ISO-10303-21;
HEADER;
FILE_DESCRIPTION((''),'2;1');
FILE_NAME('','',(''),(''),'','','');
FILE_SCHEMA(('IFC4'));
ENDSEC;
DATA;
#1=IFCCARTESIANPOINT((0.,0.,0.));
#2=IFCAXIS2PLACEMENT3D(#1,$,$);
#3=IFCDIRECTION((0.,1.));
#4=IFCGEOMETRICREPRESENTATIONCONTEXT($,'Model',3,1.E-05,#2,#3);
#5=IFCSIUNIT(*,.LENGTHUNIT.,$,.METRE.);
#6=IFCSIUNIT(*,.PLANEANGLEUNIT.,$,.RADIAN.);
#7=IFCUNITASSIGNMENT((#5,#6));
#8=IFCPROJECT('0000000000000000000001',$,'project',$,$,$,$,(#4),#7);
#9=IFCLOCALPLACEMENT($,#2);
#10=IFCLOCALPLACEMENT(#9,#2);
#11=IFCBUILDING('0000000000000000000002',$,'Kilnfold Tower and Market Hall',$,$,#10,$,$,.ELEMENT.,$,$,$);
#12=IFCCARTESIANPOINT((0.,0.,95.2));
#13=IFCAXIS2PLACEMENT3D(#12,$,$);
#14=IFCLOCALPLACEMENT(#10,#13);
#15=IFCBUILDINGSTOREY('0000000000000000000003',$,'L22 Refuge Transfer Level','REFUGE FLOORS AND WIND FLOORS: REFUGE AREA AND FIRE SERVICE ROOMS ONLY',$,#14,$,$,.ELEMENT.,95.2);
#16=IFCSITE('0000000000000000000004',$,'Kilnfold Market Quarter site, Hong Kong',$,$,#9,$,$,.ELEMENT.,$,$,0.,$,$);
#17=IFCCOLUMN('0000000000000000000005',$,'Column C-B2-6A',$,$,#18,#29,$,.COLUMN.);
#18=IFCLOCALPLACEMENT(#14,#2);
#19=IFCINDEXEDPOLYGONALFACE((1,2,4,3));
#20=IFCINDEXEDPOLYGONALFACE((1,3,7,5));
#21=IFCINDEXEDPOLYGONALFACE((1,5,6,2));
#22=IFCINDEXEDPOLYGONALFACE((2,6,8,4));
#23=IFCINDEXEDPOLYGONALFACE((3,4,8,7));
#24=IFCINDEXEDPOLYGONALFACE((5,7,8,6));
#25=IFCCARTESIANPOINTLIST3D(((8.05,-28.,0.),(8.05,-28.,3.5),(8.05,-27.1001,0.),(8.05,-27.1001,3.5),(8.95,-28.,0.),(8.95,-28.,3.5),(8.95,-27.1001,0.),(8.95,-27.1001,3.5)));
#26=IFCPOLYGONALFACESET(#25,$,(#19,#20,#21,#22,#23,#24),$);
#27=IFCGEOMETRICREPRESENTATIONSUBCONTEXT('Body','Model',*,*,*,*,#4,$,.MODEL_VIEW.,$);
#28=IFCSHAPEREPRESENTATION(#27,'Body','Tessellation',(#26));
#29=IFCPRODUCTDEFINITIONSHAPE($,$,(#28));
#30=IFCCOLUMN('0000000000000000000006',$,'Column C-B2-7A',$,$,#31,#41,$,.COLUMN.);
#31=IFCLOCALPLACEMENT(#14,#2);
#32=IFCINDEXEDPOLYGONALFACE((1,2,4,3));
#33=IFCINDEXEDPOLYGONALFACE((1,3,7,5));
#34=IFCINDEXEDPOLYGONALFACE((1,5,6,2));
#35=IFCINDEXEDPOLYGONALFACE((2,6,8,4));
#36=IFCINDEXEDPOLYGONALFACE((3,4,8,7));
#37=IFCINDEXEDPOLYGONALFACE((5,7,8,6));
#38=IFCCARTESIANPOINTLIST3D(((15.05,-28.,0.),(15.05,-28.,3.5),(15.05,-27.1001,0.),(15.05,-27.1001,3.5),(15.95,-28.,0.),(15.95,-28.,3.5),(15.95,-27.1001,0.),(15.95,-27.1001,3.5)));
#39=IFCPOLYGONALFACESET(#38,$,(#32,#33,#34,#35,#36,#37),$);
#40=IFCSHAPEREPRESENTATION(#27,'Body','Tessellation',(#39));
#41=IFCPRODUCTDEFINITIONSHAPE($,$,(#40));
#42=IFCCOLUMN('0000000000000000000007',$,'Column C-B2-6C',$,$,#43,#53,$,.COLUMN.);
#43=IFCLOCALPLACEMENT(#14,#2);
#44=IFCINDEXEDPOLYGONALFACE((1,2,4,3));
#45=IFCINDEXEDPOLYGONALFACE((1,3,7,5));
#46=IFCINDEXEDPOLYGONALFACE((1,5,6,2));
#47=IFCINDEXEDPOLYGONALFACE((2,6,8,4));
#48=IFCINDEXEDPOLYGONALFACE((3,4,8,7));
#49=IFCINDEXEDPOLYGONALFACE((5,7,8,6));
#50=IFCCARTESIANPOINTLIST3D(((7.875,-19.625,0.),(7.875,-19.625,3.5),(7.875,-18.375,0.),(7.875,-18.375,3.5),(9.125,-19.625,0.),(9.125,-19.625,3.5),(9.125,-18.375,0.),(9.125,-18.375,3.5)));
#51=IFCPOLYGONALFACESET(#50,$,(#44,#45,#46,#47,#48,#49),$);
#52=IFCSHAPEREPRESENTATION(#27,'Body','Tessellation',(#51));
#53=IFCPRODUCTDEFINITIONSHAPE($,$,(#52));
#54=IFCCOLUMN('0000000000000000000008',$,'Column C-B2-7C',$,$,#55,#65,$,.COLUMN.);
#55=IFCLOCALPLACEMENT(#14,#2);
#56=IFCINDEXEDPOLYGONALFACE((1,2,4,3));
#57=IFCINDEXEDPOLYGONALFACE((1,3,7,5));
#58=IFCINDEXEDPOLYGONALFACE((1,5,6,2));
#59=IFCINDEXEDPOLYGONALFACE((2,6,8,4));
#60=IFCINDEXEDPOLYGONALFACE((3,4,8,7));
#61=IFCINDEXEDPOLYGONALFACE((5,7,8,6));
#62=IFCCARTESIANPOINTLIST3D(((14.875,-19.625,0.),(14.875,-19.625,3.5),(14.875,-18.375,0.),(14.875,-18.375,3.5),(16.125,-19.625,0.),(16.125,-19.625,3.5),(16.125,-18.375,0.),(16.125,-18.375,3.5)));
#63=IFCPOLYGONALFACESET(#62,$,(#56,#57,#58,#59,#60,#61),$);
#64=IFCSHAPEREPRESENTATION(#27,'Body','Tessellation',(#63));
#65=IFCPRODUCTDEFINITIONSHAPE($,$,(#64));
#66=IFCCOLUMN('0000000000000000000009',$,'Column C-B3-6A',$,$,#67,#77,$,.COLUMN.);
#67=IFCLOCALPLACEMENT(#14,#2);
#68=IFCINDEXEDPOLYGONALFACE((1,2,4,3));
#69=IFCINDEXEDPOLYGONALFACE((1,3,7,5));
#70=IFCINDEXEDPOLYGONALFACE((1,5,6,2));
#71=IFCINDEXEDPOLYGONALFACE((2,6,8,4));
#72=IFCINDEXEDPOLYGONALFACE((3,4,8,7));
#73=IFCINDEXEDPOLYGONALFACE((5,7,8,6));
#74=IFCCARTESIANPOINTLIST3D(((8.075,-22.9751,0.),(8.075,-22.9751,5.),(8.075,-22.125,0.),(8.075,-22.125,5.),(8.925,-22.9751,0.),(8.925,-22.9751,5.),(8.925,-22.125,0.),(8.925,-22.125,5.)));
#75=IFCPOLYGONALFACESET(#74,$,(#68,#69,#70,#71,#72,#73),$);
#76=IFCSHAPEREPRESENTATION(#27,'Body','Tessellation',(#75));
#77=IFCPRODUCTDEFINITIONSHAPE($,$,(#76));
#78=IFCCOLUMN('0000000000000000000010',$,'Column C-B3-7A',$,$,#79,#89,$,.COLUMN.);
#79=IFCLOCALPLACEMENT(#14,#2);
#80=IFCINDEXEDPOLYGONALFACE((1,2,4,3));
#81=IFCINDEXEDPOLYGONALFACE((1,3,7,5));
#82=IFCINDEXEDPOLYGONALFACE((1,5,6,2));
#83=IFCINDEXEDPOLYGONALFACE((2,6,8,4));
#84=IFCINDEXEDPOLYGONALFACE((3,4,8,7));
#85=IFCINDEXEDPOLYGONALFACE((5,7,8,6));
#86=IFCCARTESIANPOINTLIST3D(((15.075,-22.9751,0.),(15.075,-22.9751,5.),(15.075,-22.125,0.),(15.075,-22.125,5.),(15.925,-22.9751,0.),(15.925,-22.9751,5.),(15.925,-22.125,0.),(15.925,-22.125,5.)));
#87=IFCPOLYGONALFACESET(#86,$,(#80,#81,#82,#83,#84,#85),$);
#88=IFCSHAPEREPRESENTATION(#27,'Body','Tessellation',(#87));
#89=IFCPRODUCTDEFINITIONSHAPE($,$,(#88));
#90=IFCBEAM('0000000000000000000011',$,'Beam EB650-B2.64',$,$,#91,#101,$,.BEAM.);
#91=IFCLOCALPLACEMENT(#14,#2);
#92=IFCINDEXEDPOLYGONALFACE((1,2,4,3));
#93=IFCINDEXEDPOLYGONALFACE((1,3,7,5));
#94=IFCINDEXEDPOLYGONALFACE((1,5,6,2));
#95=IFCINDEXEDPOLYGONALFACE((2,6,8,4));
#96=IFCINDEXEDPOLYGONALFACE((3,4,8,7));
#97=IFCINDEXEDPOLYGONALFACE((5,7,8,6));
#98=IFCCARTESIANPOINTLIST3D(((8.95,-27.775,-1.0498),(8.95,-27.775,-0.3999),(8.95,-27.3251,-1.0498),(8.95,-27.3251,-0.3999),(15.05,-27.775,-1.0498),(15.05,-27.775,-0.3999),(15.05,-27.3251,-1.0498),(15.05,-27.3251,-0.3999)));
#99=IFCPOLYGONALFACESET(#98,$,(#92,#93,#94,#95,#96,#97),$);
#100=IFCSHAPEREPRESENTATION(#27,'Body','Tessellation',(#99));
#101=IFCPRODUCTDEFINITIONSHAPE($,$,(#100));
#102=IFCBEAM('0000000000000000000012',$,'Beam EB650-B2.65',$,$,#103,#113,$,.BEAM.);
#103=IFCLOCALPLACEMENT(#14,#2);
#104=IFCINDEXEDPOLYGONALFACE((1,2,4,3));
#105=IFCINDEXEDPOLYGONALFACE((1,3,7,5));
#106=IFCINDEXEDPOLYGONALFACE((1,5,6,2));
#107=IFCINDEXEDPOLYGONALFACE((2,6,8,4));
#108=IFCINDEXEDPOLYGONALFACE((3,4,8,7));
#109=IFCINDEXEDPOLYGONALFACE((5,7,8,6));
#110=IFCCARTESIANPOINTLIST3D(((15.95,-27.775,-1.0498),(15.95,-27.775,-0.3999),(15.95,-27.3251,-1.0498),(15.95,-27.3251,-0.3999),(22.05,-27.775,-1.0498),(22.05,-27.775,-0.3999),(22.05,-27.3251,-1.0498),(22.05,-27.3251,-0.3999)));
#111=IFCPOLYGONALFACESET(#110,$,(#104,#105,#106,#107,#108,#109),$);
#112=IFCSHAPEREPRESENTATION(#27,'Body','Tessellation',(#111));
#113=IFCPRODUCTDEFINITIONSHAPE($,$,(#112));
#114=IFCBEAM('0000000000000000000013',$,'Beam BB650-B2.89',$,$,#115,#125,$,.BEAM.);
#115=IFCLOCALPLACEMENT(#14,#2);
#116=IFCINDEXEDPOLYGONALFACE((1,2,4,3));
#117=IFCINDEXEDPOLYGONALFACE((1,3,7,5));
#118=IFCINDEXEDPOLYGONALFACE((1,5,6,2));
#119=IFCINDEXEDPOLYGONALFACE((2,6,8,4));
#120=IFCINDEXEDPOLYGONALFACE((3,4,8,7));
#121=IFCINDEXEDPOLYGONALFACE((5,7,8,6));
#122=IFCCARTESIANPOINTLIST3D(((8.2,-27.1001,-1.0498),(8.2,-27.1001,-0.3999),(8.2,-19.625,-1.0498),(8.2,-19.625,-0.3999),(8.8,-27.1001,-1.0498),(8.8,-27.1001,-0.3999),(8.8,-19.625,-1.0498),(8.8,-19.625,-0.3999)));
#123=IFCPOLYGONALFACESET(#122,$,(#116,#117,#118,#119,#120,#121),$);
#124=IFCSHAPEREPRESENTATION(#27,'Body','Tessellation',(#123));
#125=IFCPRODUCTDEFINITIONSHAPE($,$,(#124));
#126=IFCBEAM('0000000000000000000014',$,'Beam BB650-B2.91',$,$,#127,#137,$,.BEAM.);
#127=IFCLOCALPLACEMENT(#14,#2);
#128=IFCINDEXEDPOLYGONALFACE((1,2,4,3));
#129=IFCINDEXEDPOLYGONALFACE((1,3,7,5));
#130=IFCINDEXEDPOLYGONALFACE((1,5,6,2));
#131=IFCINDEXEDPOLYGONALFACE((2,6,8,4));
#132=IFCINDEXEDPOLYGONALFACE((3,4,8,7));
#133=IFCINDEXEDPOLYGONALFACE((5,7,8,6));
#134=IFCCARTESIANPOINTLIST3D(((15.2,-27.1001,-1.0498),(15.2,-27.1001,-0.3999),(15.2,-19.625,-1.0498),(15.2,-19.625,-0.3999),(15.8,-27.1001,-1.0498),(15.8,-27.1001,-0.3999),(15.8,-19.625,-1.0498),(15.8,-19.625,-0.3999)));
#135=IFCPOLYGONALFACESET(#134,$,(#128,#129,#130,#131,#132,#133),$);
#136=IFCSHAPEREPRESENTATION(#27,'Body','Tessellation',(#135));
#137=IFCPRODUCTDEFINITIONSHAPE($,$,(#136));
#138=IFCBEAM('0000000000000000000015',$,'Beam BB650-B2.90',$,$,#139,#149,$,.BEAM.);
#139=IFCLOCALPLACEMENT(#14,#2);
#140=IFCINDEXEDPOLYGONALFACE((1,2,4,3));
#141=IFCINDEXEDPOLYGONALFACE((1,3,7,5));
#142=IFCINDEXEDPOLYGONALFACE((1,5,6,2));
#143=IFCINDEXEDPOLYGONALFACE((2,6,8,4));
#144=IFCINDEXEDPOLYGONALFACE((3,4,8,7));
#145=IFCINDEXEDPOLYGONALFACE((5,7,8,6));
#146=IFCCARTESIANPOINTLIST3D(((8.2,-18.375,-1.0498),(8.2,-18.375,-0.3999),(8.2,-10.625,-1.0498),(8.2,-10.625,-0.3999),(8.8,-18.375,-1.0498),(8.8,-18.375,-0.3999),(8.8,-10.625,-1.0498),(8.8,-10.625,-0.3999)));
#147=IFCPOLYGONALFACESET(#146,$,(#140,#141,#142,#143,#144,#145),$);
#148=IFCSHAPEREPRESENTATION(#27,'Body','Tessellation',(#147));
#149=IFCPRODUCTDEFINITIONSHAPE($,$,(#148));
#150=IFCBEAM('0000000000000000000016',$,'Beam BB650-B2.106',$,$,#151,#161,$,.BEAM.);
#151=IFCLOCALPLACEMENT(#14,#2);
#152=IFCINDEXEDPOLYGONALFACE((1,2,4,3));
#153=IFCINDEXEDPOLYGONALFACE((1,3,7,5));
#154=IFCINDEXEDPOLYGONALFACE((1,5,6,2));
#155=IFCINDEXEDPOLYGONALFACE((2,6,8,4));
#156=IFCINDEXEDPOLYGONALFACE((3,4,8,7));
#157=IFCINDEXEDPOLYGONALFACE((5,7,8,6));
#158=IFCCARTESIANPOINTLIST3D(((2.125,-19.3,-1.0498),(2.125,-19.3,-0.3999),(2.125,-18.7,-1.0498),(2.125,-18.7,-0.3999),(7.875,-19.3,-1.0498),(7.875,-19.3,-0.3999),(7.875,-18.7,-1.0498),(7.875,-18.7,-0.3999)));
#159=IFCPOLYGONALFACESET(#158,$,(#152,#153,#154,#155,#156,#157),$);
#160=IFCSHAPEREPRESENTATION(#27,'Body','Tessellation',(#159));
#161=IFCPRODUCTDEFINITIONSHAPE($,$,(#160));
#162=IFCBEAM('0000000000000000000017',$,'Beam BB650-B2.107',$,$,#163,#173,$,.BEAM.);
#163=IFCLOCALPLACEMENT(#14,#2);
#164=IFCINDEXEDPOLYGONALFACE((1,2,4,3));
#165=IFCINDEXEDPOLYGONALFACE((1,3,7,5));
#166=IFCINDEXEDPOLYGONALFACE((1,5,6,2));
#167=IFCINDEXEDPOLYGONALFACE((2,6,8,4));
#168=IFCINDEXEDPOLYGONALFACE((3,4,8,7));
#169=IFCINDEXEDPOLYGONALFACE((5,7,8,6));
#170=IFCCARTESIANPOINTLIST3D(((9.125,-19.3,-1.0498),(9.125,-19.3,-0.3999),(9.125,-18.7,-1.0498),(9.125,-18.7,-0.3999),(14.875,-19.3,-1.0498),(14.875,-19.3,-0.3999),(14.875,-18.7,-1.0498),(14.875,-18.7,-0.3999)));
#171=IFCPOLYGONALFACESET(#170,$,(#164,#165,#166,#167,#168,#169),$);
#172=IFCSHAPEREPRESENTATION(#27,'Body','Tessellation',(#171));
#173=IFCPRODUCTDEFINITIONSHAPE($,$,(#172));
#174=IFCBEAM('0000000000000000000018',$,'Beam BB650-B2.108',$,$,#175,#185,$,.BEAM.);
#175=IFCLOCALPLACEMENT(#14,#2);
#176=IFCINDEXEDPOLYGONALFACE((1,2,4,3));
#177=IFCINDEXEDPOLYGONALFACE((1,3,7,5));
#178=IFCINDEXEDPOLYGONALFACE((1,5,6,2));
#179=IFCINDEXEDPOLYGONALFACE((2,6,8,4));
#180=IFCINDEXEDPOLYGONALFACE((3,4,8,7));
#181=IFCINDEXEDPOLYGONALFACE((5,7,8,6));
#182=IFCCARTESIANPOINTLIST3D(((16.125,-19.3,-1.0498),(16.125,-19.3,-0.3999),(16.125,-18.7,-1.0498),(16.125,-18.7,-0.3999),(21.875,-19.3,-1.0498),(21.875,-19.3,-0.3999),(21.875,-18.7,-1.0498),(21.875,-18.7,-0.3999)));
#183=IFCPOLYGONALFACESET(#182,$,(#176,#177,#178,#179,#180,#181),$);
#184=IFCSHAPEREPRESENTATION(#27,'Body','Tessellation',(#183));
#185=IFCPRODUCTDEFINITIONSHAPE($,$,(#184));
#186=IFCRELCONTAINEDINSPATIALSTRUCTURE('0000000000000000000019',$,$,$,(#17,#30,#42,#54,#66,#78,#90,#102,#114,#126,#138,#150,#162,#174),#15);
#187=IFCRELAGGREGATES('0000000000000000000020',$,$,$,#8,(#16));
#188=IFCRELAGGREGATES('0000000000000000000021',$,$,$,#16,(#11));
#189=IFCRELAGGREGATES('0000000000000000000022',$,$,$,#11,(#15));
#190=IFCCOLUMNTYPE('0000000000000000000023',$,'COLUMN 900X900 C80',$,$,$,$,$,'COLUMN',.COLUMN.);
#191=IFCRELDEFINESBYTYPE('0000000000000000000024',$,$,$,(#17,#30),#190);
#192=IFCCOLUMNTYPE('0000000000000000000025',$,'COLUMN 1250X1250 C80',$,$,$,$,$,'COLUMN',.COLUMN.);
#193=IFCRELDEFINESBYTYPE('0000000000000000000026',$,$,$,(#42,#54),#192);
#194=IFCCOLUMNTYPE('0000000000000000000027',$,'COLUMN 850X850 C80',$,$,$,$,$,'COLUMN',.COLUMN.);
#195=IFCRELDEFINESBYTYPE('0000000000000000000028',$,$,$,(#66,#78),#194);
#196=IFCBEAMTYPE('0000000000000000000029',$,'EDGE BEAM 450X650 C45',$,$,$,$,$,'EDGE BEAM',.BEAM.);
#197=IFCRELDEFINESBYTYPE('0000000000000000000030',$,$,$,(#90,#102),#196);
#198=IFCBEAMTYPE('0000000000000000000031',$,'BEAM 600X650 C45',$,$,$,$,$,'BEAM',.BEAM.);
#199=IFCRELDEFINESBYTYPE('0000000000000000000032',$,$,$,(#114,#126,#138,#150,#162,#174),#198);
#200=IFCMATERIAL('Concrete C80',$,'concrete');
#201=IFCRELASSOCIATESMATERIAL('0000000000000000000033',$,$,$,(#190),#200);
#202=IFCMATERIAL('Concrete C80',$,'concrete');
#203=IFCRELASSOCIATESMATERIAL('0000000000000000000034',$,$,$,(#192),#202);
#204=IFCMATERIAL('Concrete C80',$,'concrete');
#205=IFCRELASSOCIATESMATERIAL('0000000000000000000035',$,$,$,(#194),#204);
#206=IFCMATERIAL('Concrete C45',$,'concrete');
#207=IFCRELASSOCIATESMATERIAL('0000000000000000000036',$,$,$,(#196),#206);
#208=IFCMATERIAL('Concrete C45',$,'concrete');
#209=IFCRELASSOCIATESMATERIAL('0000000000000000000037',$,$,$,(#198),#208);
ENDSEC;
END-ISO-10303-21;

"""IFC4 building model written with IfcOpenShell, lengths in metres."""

from ifc_helpers import new_model, si_unit, direction, frame, origin, origin_2d, place, context, subcontext, project, spatial, rectangle, extrude, source, transform, mapped, material, material_profile, profile_set, type_object, element, save


model = new_model("IFC4")

# Units and contexts
model_context = context("Model", 3, precision=1e-05, world=origin(), true_north=direction((0.0, 1.0)))
body_context = subcontext(model_context, "Body", "Model", "MODEL_VIEW")
ifc_project = project(units=[si_unit("LENGTHUNIT", "METRE"), si_unit("PLANEANGLEUNIT", "RADIAN")], contexts=[model_context])

# Site, building, storey
site_placement = place(None, origin())
site = spatial("IfcSite", under=ifc_project, at=site_placement, Name="Kilnfold Market Quarter site, Hong Kong", CompositionType="ELEMENT", RefElevation=0.0)
building_placement = place(site_placement, origin())
building = spatial("IfcBuilding", under=site, at=building_placement, Name="Kilnfold Tower and Market Hall", CompositionType="ELEMENT")
storey_placement = place(building_placement, frame((0.0, 0.0, 95.2)))
storey = spatial("IfcBuildingStorey", under=building, at=storey_placement, Name="L22 Refuge Transfer Level", Description="REFUGE FLOORS AND WIND FLOORS: REFUGE AREA AND FIRE SERVICE ROOMS ONLY", CompositionType="ELEMENT", Elevation=95.2)

# Columns
ifc_material_1 = material(Name="Concrete C80", Category="concrete")
ifc_material_profile_1 = material_profile(ifc_material_1, rectangle(XDim=0.8999, YDim=0.8999, at=origin_2d()), Name="RC 900x900")
ifc_profile_set_1 = profile_set([ifc_material_profile_1], Name="Concrete C80")
column_type_1 = type_object("IfcColumnType", Name="COLUMN 900X900 C80", ElementType="COLUMN", PredefinedType="COLUMN", material=ifc_profile_set_1)
shared_shape_1 = source(origin(), body_context, "Body", "SweptSolid", [
    extrude(rectangle(XDim=0.8999, YDim=0.8999, at=origin_2d()), origin(), (0.0, 0.0, 1.0), 3.5),
])
for number, where, z_axis, x_axis, name in (
    (1, (8.5, -27.55, 0.0), (0.0, 0.0, 1.0), (1.0, 0.0, 0.0), "Column C-B2-6A"),
    (2, (15.5, -27.55, 0.0), (0.0, 0.0, 1.0), (1.0, 0.0, 0.0), "Column C-B2-7A"),
):
    element("IfcColumn", number, at=place(storey_placement, frame(where, z_axis=z_axis, x_axis=x_axis)), inside=storey, type_object=column_type_1, Name=name, PredefinedType="COLUMN", context=body_context, shape_type="MappedRepresentation", body=[
        mapped(shared_shape_1, transform((0.0, 0.0, 0.0))),
    ])
ifc_material_2 = material(Name="Concrete C80", Category="concrete")
ifc_material_profile_2 = material_profile(ifc_material_2, rectangle(XDim=1.25, YDim=1.25, at=origin_2d()), Name="RC 1250x1250")
ifc_profile_set_2 = profile_set([ifc_material_profile_2], Name="Concrete C80")
column_type_2 = type_object("IfcColumnType", Name="COLUMN 1250X1250 C80", ElementType="COLUMN", PredefinedType="COLUMN", material=ifc_profile_set_2)
shared_shape_2 = source(origin(), body_context, "Body", "SweptSolid", [
    extrude(rectangle(XDim=1.25, YDim=1.25, at=origin_2d()), origin(), (0.0, 0.0, 1.0), 3.5),
])
for number, where, z_axis, x_axis, name in (
    (3, (8.5, -19.0, 0.0), (0.0, 0.0, 1.0), (1.0, 0.0, 0.0), "Column C-B2-6C"),
    (4, (15.5, -19.0, 0.0), (0.0, 0.0, 1.0), (1.0, 0.0, 0.0), "Column C-B2-7C"),
):
    element("IfcColumn", number, at=place(storey_placement, frame(where, z_axis=z_axis, x_axis=x_axis)), inside=storey, type_object=column_type_2, Name=name, PredefinedType="COLUMN", context=body_context, shape_type="MappedRepresentation", body=[
        mapped(shared_shape_2, transform((0.0, 0.0, 0.0))),
    ])
ifc_material_3 = material(Name="Concrete C80", Category="concrete")
ifc_material_profile_3 = material_profile(ifc_material_3, rectangle(XDim=0.8501, YDim=0.8501, at=origin_2d()), Name="RC 850x850")
ifc_profile_set_3 = profile_set([ifc_material_profile_3], Name="Concrete C80")
column_type_3 = type_object("IfcColumnType", Name="COLUMN 850X850 C80", ElementType="COLUMN", PredefinedType="COLUMN", material=ifc_profile_set_3)
shared_shape_3 = source(origin(), body_context, "Body", "SweptSolid", [
    extrude(rectangle(XDim=0.8501, YDim=0.8501, at=origin_2d()), origin(), (0.0, 0.0, 1.0), 5.0),
])
for number, where, z_axis, x_axis, name in (
    (5, (8.5, -22.55, 0.0), (0.0, 0.0, 1.0), (1.0, 0.0, 0.0), "Column C-B3-6A"),
    (6, (15.5, -22.55, 0.0), (0.0, 0.0, 1.0), (1.0, 0.0, 0.0), "Column C-B3-7A"),
):
    element("IfcColumn", number, at=place(storey_placement, frame(where, z_axis=z_axis, x_axis=x_axis)), inside=storey, type_object=column_type_3, Name=name, PredefinedType="COLUMN", context=body_context, shape_type="MappedRepresentation", body=[
        mapped(shared_shape_3, transform((0.0, 0.0, 0.0))),
    ])

# Beams
ifc_material_4 = material(Name="Concrete C45", Category="concrete")
ifc_material_profile_4 = material_profile(ifc_material_4, rectangle(XDim=0.45, YDim=0.6499, at=origin_2d()), Name="RC 450x650")
ifc_profile_set_4 = profile_set([ifc_material_profile_4], Name="Concrete C45")
beam_type_1 = type_object("IfcBeamType", Name="EDGE BEAM 450X650 C45", ElementType="EDGE BEAM", PredefinedType="BEAM", material=ifc_profile_set_4)
shared_shape_4 = source(origin(), body_context, "Body", "SweptSolid", [
    extrude(rectangle(XDim=0.45, YDim=0.6499, at=origin_2d()), origin(), (0.0, 0.0, 1.0), 6.1001),
])
for number, where, z_axis, x_axis, name in (
    (7, (8.95, -27.55, -0.7249), (1.0, 0.0, 0.0), (0.0, 1.0, 0.0), "Beam EB650-B2.64"),
    (8, (15.95, -27.55, -0.7249), (1.0, 0.0, 0.0), (0.0, 1.0, 0.0), "Beam EB650-B2.65"),
):
    element("IfcBeam", number, at=place(storey_placement, frame(where, z_axis=z_axis, x_axis=x_axis)), inside=storey, type_object=beam_type_1, Name=name, PredefinedType="BEAM", context=body_context, shape_type="MappedRepresentation", body=[
        mapped(shared_shape_4, transform((0.0, 0.0, 0.0))),
    ])
ifc_material_5 = material(Name="Concrete C45", Category="concrete")
ifc_material_profile_5 = material_profile(ifc_material_5, rectangle(XDim=0.6001, YDim=0.6499, at=origin_2d()), Name="RC 600x650")
ifc_profile_set_5 = profile_set([ifc_material_profile_5], Name="Concrete C45")
beam_type_2 = type_object("IfcBeamType", Name="BEAM 600X650 C45", ElementType="BEAM", PredefinedType="BEAM", material=ifc_profile_set_5)
shared_shape_5 = source(origin(), body_context, "Body", "SweptSolid", [
    extrude(rectangle(XDim=0.6001, YDim=0.6499, at=origin_2d()), origin(), (0.0, 0.0, 1.0), 7.4751),
])
for number, where, z_axis, x_axis, name in (
    (9, (8.5, -27.1001, -0.7249), (0.0, 1.0, 0.0), (-1.0, 0.0, 0.0), "Beam BB650-B2.89"),
    (10, (15.5, -27.1001, -0.7249), (0.0, 1.0, 0.0), (-1.0, 0.0, 0.0), "Beam BB650-B2.91"),
):
    element("IfcBeam", number, at=place(storey_placement, frame(where, z_axis=z_axis, x_axis=x_axis)), inside=storey, type_object=beam_type_2, Name=name, PredefinedType="BEAM", context=body_context, shape_type="MappedRepresentation", body=[
        mapped(shared_shape_5, transform((0.0, 0.0, 0.0))),
    ])
shared_shape_6 = source(origin(), body_context, "Body", "SweptSolid", [
    extrude(rectangle(XDim=0.6001, YDim=0.6499, at=origin_2d()), origin(), (0.0, 0.0, 1.0), 7.75),
])
beam_placement = place(storey_placement, frame((8.5, -18.375, -0.7249), z_axis=(0.0, 1.0, 0.0), x_axis=(-1.0, 0.0, 0.0)))
element("IfcBeam", 11, at=beam_placement, inside=storey, type_object=beam_type_2, Name="Beam BB650-B2.90", PredefinedType="BEAM", context=body_context, shape_type="MappedRepresentation", body=[
    mapped(shared_shape_6, transform((0.0, 0.0, 0.0))),
])
shared_shape_7 = source(origin(), body_context, "Body", "SweptSolid", [
    extrude(rectangle(XDim=0.6001, YDim=0.6499, at=origin_2d()), origin(), (0.0, 0.0, 1.0), 5.75),
])
for number, where, z_axis, x_axis, name in (
    (12, (2.125, -19.0, -0.7249), (1.0, 0.0, 0.0), (0.0, 1.0, 0.0), "Beam BB650-B2.106"),
    (13, (9.125, -19.0, -0.7249), (1.0, 0.0, 0.0), (0.0, 1.0, 0.0), "Beam BB650-B2.107"),
    (14, (16.125, -19.0, -0.7249), (1.0, 0.0, 0.0), (0.0, 1.0, 0.0), "Beam BB650-B2.108"),
):
    element("IfcBeam", number, at=place(storey_placement, frame(where, z_axis=z_axis, x_axis=x_axis)), inside=storey, type_object=beam_type_2, Name=name, PredefinedType="BEAM", context=body_context, shape_type="MappedRepresentation", body=[
        mapped(shared_shape_7, transform((0.0, 0.0, 0.0))),
    ])

save(model, "model.ifc")
